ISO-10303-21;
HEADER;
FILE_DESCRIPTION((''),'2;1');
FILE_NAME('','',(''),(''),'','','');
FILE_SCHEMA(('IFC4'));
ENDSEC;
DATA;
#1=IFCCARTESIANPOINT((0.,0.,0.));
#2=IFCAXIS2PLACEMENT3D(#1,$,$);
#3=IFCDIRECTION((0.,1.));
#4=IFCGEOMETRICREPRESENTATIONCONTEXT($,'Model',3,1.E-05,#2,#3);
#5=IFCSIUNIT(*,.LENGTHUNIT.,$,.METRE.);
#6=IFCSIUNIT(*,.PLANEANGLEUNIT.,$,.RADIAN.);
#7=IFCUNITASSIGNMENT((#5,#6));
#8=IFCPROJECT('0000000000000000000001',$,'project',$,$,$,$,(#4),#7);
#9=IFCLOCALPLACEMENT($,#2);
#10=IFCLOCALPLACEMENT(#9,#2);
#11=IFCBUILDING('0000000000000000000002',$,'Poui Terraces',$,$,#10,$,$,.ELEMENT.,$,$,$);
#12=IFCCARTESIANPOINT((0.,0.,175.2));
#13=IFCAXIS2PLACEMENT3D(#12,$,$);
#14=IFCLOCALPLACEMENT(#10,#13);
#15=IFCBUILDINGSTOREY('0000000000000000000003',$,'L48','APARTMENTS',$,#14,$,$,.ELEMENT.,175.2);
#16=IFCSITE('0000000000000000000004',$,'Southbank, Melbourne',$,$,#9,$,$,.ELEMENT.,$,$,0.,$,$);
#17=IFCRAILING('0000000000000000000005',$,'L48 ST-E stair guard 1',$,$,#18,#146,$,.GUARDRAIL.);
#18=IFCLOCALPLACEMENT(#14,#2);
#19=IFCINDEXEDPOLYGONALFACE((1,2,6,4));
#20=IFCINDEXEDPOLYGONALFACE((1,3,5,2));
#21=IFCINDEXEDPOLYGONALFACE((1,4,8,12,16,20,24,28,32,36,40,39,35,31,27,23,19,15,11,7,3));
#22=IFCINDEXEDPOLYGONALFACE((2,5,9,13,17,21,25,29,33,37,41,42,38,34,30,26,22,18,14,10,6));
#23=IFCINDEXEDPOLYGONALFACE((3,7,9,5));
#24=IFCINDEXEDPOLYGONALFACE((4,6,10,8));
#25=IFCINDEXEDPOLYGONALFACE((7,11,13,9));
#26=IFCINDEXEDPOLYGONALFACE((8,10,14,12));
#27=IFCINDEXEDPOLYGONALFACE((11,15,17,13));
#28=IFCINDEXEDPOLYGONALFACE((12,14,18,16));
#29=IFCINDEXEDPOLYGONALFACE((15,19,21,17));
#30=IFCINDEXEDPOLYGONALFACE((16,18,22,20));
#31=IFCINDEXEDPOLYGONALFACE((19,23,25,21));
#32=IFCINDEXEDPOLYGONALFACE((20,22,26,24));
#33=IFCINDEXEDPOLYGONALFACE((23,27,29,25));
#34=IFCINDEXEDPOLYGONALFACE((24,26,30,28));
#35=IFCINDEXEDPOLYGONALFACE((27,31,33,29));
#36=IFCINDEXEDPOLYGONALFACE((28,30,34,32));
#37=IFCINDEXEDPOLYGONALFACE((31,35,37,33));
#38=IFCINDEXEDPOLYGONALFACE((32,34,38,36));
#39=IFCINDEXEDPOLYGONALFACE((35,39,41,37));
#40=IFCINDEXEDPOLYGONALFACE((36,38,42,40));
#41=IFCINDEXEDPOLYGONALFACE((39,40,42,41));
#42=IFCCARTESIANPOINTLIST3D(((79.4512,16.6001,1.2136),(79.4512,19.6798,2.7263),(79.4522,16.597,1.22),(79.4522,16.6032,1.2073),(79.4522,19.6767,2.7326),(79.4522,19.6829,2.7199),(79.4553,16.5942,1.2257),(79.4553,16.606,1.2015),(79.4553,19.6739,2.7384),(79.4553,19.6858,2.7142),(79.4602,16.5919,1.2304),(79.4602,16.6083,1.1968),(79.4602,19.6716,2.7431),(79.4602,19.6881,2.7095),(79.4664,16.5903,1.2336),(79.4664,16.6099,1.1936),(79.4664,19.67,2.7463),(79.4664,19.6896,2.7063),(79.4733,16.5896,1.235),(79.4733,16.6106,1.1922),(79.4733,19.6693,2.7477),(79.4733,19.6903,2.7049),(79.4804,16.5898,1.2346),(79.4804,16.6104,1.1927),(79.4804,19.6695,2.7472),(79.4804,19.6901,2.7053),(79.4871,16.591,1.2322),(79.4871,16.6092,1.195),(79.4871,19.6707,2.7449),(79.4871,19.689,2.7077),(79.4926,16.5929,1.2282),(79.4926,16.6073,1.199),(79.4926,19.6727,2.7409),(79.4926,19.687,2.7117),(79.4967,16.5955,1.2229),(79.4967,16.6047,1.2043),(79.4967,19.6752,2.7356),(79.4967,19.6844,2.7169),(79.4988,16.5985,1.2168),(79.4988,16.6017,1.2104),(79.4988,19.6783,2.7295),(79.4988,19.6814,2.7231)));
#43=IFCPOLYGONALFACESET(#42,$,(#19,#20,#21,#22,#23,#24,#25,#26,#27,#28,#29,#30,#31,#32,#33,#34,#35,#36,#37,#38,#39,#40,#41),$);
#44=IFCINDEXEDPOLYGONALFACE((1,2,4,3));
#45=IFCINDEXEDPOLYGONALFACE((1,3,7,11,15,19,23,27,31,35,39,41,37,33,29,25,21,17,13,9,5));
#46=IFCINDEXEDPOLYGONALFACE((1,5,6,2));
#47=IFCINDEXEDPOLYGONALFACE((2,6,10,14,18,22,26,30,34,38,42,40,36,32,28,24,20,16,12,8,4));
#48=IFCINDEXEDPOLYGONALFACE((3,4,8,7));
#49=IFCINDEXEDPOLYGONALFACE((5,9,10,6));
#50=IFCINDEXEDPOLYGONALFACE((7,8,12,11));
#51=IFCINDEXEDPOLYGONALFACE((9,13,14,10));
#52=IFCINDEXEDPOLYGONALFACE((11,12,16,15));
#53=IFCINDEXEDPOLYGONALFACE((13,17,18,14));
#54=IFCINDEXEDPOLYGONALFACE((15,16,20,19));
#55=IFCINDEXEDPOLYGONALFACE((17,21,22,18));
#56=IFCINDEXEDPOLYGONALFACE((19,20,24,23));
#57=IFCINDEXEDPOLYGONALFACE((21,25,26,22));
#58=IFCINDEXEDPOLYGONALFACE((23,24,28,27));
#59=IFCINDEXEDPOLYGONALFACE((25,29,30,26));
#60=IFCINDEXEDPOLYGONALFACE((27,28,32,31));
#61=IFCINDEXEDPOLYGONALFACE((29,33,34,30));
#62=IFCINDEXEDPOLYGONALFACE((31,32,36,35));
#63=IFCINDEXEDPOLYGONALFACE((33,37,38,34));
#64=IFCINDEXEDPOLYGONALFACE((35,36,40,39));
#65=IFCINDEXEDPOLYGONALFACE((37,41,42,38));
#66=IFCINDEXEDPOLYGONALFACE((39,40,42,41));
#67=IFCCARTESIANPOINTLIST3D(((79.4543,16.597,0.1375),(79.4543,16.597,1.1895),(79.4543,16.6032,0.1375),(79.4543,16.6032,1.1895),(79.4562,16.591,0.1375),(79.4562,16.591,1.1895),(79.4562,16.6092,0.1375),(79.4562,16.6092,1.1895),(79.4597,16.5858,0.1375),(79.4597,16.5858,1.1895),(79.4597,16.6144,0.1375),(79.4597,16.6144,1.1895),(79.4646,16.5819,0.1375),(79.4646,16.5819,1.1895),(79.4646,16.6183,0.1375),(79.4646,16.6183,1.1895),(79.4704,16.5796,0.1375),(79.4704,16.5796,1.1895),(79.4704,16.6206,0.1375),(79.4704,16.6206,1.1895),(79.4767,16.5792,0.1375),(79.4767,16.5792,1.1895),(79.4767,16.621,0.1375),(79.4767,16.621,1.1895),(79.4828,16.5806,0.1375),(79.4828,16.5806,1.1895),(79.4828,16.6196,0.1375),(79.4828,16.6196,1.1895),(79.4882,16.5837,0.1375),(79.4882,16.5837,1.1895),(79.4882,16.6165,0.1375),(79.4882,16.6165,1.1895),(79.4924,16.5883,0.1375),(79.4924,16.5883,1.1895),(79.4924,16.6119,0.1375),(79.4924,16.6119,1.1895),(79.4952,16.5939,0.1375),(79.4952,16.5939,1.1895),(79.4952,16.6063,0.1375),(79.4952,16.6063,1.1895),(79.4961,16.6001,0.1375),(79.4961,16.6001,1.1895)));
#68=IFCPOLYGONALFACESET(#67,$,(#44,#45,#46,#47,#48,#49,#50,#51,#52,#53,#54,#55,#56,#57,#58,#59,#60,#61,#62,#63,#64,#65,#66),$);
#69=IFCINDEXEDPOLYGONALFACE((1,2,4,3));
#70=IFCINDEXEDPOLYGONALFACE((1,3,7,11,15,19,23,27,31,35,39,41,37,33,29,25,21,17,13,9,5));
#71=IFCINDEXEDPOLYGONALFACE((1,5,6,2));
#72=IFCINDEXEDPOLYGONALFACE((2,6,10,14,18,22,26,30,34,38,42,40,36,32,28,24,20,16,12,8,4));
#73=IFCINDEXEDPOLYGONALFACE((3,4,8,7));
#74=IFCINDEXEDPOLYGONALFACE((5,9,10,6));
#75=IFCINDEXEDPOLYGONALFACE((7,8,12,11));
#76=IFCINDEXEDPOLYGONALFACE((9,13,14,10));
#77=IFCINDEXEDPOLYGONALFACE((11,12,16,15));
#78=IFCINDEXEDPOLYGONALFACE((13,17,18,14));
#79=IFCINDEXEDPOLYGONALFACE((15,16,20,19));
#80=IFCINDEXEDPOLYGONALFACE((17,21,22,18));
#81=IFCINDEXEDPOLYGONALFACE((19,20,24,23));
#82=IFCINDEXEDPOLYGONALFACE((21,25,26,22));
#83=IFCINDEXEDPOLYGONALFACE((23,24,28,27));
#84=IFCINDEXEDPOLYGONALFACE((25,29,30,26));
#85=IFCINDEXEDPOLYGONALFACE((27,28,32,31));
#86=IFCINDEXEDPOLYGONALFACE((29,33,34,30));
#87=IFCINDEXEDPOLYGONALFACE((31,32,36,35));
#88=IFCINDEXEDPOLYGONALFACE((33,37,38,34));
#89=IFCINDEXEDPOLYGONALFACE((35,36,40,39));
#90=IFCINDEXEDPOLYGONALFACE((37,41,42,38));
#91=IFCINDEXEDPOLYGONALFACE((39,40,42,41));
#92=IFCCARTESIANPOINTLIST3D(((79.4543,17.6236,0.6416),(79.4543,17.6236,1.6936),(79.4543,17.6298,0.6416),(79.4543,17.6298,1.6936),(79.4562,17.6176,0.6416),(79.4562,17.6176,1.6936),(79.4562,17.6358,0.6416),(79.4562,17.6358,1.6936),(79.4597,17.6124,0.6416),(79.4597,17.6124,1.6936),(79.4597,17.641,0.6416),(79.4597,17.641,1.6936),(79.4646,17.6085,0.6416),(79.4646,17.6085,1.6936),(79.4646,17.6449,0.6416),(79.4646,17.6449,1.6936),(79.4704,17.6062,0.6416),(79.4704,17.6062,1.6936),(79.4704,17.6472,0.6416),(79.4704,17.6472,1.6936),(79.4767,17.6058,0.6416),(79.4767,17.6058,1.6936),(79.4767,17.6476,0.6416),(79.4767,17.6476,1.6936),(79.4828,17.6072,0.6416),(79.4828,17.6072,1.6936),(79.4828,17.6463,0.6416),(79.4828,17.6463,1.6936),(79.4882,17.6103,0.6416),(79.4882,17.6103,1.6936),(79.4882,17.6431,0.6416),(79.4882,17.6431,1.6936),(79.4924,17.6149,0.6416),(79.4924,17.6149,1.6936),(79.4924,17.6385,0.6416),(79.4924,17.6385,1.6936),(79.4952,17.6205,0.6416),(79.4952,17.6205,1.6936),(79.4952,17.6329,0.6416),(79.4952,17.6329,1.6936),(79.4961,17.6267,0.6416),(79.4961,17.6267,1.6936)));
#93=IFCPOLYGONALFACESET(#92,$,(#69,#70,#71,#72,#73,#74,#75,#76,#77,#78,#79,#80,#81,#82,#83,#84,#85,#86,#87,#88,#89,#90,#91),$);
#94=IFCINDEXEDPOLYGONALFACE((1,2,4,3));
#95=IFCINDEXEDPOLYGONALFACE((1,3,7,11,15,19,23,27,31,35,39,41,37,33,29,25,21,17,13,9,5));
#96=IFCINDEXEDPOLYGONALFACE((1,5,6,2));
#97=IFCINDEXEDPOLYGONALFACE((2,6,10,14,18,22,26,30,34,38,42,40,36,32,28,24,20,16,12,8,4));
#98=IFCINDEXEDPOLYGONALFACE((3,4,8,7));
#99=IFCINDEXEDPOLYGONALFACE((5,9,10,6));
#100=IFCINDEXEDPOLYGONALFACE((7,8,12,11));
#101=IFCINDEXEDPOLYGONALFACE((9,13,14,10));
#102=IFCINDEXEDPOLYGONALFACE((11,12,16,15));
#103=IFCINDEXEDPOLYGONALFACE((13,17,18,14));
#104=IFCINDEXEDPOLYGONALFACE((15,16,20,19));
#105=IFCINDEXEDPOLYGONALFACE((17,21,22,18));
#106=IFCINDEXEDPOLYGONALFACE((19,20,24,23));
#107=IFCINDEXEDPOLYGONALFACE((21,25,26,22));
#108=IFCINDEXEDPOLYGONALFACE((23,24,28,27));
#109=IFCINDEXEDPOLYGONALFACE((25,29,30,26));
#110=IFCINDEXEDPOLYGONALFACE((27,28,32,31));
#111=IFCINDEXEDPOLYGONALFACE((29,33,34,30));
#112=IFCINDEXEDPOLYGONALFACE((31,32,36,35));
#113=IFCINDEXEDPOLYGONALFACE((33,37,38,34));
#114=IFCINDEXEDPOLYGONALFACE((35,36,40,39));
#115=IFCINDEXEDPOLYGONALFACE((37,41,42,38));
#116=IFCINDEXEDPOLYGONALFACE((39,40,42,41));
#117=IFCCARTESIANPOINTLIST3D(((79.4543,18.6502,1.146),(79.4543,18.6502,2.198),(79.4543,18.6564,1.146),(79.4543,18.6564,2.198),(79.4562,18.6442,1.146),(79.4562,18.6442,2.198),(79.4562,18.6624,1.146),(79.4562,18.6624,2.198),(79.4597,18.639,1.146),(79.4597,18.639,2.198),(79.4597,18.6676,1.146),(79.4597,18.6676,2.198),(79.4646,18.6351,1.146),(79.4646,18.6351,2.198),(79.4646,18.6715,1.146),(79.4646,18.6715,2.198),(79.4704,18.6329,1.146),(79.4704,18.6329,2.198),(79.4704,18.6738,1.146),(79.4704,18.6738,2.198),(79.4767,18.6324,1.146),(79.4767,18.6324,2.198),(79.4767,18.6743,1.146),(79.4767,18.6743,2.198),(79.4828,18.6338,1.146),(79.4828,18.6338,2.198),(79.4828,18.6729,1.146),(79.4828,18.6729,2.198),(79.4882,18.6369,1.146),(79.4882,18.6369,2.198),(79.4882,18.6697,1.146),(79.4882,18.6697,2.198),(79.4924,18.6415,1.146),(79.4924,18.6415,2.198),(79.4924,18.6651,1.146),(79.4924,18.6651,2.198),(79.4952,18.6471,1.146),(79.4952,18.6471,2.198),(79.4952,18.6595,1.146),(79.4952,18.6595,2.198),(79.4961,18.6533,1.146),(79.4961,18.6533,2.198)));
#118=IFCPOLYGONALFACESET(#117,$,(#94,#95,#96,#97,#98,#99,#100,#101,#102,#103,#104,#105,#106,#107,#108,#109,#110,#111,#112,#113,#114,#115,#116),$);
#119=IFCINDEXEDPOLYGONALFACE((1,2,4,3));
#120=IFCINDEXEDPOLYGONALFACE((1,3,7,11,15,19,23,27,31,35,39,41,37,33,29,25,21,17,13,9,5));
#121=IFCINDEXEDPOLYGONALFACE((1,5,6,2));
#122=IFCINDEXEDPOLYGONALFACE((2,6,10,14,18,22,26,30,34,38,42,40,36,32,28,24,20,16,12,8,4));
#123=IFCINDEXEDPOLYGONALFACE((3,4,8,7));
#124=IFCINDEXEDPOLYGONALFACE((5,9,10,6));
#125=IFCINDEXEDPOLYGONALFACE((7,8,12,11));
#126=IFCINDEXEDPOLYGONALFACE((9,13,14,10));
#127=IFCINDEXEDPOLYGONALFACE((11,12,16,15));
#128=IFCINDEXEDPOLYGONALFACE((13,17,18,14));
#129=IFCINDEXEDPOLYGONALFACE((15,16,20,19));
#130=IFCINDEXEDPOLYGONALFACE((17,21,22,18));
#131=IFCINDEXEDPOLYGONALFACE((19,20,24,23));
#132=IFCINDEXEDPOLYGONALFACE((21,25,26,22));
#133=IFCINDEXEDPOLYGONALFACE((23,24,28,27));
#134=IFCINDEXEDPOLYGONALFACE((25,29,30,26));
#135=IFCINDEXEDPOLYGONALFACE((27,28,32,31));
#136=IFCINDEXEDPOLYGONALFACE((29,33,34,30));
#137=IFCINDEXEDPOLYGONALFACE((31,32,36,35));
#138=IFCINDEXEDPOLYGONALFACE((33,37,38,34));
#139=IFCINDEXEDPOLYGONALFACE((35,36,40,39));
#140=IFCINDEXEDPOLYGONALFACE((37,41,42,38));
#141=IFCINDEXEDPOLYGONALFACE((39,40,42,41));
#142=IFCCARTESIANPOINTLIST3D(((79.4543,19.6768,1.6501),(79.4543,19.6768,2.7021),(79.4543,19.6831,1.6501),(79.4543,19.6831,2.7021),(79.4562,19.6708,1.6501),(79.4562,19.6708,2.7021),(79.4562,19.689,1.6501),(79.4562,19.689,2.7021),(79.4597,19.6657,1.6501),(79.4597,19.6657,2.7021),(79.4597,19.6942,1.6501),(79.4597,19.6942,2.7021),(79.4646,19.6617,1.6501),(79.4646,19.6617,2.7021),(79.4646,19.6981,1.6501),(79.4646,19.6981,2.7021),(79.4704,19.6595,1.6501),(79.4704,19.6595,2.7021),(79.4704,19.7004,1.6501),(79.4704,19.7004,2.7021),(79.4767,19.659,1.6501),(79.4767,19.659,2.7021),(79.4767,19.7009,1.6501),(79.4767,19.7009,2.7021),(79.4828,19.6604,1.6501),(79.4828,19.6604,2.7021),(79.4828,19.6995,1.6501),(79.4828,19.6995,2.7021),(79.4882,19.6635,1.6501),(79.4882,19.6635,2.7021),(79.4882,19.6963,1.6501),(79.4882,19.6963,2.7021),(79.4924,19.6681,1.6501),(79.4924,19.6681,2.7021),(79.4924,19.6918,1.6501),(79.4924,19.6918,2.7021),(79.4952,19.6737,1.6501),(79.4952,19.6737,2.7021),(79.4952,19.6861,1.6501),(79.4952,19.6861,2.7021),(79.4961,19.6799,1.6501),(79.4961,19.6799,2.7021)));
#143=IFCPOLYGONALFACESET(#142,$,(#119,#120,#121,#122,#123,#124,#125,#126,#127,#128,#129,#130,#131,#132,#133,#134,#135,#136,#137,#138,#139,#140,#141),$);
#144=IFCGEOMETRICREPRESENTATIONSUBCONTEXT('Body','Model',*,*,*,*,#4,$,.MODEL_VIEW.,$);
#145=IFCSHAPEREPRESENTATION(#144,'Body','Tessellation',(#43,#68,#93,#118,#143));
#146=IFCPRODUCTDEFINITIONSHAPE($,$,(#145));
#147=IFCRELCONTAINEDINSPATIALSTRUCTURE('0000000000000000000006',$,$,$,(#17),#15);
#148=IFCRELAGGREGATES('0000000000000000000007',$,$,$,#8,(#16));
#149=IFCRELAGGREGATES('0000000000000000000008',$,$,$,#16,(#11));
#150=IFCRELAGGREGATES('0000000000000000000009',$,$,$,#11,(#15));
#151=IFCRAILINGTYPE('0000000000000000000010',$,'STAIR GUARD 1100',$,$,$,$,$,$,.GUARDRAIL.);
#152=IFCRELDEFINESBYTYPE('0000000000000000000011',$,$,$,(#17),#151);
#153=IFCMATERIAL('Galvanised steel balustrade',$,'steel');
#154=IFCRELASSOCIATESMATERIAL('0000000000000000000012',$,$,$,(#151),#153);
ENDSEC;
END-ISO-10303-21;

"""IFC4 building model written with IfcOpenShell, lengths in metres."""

from ifc_helpers import new_model, si_unit, direction, frame, origin, origin_2d, place, context, subcontext, project, spatial, circle, extrude, material, type_object, element, save


model = new_model("IFC4")

# Units and contexts
model_context = context("Model", 3, precision=1e-05, world=origin(), true_north=direction((0.0, 1.0)))
body_context = subcontext(model_context, "Body", "Model", "MODEL_VIEW")
ifc_project = project(units=[si_unit("LENGTHUNIT", "METRE"), si_unit("PLANEANGLEUNIT", "RADIAN")], contexts=[model_context])

# Site, building, storey
site_placement = place(None, origin())
site = spatial("IfcSite", under=ifc_project, at=site_placement, Name="Southbank, Melbourne", CompositionType="ELEMENT", RefElevation=0.0)
building_placement = place(site_placement, origin())
building = spatial("IfcBuilding", under=site, at=building_placement, Name="Poui Terraces", CompositionType="ELEMENT")
storey_placement = place(building_placement, frame((0.0, 0.0, 175.2)))
storey = spatial("IfcBuildingStorey", under=building, at=storey_placement, Name="L48", Description="APARTMENTS", CompositionType="ELEMENT", Elevation=175.2)

# Railing
ifc_material_1 = material(Name="Galvanised steel balustrade", Category="steel")
railing_type_1 = type_object("IfcRailingType", Name="STAIR GUARD 1100", PredefinedType="GUARDRAIL", material=ifc_material_1)
railing_1_placement = place(storey_placement, frame((79.4751, 16.6001, 0.1375)))
element("IfcRailing", 1, at=railing_1_placement, inside=storey, type_object=railing_type_1, Name="L48 ST-E stair guard 1", PredefinedType="GUARDRAIL", context=body_context, shape_type="SweptSolid", body=[
    extrude(circle(Radius=0.0239, at=origin_2d()), frame((0.0, 0.0, 1.0762), z_axis=(0.0, 0.897578, 0.440856), x_axis=(-1.0, 0.0, 0.0)), (0.0, 0.0, 1.0), 3.4312),
    extrude(circle(Radius=0.021, at=origin_2d()), origin(), (0.0, 0.0, 1.0), 1.052),
    extrude(circle(Radius=0.021, at=origin_2d()), frame((0.0, 1.0266, 0.5042)), (0.0, 0.0, 1.0), 1.052),
    extrude(circle(Radius=0.021, at=origin_2d()), frame((0.0, 2.0532, 1.0085)), (0.0, 0.0, 1.0), 1.052),
    extrude(circle(Radius=0.021, at=origin_2d()), frame((0.0, 3.0798, 1.5127)), (0.0, 0.0, 1.0), 1.052),
])

save(model, "model.ifc")
